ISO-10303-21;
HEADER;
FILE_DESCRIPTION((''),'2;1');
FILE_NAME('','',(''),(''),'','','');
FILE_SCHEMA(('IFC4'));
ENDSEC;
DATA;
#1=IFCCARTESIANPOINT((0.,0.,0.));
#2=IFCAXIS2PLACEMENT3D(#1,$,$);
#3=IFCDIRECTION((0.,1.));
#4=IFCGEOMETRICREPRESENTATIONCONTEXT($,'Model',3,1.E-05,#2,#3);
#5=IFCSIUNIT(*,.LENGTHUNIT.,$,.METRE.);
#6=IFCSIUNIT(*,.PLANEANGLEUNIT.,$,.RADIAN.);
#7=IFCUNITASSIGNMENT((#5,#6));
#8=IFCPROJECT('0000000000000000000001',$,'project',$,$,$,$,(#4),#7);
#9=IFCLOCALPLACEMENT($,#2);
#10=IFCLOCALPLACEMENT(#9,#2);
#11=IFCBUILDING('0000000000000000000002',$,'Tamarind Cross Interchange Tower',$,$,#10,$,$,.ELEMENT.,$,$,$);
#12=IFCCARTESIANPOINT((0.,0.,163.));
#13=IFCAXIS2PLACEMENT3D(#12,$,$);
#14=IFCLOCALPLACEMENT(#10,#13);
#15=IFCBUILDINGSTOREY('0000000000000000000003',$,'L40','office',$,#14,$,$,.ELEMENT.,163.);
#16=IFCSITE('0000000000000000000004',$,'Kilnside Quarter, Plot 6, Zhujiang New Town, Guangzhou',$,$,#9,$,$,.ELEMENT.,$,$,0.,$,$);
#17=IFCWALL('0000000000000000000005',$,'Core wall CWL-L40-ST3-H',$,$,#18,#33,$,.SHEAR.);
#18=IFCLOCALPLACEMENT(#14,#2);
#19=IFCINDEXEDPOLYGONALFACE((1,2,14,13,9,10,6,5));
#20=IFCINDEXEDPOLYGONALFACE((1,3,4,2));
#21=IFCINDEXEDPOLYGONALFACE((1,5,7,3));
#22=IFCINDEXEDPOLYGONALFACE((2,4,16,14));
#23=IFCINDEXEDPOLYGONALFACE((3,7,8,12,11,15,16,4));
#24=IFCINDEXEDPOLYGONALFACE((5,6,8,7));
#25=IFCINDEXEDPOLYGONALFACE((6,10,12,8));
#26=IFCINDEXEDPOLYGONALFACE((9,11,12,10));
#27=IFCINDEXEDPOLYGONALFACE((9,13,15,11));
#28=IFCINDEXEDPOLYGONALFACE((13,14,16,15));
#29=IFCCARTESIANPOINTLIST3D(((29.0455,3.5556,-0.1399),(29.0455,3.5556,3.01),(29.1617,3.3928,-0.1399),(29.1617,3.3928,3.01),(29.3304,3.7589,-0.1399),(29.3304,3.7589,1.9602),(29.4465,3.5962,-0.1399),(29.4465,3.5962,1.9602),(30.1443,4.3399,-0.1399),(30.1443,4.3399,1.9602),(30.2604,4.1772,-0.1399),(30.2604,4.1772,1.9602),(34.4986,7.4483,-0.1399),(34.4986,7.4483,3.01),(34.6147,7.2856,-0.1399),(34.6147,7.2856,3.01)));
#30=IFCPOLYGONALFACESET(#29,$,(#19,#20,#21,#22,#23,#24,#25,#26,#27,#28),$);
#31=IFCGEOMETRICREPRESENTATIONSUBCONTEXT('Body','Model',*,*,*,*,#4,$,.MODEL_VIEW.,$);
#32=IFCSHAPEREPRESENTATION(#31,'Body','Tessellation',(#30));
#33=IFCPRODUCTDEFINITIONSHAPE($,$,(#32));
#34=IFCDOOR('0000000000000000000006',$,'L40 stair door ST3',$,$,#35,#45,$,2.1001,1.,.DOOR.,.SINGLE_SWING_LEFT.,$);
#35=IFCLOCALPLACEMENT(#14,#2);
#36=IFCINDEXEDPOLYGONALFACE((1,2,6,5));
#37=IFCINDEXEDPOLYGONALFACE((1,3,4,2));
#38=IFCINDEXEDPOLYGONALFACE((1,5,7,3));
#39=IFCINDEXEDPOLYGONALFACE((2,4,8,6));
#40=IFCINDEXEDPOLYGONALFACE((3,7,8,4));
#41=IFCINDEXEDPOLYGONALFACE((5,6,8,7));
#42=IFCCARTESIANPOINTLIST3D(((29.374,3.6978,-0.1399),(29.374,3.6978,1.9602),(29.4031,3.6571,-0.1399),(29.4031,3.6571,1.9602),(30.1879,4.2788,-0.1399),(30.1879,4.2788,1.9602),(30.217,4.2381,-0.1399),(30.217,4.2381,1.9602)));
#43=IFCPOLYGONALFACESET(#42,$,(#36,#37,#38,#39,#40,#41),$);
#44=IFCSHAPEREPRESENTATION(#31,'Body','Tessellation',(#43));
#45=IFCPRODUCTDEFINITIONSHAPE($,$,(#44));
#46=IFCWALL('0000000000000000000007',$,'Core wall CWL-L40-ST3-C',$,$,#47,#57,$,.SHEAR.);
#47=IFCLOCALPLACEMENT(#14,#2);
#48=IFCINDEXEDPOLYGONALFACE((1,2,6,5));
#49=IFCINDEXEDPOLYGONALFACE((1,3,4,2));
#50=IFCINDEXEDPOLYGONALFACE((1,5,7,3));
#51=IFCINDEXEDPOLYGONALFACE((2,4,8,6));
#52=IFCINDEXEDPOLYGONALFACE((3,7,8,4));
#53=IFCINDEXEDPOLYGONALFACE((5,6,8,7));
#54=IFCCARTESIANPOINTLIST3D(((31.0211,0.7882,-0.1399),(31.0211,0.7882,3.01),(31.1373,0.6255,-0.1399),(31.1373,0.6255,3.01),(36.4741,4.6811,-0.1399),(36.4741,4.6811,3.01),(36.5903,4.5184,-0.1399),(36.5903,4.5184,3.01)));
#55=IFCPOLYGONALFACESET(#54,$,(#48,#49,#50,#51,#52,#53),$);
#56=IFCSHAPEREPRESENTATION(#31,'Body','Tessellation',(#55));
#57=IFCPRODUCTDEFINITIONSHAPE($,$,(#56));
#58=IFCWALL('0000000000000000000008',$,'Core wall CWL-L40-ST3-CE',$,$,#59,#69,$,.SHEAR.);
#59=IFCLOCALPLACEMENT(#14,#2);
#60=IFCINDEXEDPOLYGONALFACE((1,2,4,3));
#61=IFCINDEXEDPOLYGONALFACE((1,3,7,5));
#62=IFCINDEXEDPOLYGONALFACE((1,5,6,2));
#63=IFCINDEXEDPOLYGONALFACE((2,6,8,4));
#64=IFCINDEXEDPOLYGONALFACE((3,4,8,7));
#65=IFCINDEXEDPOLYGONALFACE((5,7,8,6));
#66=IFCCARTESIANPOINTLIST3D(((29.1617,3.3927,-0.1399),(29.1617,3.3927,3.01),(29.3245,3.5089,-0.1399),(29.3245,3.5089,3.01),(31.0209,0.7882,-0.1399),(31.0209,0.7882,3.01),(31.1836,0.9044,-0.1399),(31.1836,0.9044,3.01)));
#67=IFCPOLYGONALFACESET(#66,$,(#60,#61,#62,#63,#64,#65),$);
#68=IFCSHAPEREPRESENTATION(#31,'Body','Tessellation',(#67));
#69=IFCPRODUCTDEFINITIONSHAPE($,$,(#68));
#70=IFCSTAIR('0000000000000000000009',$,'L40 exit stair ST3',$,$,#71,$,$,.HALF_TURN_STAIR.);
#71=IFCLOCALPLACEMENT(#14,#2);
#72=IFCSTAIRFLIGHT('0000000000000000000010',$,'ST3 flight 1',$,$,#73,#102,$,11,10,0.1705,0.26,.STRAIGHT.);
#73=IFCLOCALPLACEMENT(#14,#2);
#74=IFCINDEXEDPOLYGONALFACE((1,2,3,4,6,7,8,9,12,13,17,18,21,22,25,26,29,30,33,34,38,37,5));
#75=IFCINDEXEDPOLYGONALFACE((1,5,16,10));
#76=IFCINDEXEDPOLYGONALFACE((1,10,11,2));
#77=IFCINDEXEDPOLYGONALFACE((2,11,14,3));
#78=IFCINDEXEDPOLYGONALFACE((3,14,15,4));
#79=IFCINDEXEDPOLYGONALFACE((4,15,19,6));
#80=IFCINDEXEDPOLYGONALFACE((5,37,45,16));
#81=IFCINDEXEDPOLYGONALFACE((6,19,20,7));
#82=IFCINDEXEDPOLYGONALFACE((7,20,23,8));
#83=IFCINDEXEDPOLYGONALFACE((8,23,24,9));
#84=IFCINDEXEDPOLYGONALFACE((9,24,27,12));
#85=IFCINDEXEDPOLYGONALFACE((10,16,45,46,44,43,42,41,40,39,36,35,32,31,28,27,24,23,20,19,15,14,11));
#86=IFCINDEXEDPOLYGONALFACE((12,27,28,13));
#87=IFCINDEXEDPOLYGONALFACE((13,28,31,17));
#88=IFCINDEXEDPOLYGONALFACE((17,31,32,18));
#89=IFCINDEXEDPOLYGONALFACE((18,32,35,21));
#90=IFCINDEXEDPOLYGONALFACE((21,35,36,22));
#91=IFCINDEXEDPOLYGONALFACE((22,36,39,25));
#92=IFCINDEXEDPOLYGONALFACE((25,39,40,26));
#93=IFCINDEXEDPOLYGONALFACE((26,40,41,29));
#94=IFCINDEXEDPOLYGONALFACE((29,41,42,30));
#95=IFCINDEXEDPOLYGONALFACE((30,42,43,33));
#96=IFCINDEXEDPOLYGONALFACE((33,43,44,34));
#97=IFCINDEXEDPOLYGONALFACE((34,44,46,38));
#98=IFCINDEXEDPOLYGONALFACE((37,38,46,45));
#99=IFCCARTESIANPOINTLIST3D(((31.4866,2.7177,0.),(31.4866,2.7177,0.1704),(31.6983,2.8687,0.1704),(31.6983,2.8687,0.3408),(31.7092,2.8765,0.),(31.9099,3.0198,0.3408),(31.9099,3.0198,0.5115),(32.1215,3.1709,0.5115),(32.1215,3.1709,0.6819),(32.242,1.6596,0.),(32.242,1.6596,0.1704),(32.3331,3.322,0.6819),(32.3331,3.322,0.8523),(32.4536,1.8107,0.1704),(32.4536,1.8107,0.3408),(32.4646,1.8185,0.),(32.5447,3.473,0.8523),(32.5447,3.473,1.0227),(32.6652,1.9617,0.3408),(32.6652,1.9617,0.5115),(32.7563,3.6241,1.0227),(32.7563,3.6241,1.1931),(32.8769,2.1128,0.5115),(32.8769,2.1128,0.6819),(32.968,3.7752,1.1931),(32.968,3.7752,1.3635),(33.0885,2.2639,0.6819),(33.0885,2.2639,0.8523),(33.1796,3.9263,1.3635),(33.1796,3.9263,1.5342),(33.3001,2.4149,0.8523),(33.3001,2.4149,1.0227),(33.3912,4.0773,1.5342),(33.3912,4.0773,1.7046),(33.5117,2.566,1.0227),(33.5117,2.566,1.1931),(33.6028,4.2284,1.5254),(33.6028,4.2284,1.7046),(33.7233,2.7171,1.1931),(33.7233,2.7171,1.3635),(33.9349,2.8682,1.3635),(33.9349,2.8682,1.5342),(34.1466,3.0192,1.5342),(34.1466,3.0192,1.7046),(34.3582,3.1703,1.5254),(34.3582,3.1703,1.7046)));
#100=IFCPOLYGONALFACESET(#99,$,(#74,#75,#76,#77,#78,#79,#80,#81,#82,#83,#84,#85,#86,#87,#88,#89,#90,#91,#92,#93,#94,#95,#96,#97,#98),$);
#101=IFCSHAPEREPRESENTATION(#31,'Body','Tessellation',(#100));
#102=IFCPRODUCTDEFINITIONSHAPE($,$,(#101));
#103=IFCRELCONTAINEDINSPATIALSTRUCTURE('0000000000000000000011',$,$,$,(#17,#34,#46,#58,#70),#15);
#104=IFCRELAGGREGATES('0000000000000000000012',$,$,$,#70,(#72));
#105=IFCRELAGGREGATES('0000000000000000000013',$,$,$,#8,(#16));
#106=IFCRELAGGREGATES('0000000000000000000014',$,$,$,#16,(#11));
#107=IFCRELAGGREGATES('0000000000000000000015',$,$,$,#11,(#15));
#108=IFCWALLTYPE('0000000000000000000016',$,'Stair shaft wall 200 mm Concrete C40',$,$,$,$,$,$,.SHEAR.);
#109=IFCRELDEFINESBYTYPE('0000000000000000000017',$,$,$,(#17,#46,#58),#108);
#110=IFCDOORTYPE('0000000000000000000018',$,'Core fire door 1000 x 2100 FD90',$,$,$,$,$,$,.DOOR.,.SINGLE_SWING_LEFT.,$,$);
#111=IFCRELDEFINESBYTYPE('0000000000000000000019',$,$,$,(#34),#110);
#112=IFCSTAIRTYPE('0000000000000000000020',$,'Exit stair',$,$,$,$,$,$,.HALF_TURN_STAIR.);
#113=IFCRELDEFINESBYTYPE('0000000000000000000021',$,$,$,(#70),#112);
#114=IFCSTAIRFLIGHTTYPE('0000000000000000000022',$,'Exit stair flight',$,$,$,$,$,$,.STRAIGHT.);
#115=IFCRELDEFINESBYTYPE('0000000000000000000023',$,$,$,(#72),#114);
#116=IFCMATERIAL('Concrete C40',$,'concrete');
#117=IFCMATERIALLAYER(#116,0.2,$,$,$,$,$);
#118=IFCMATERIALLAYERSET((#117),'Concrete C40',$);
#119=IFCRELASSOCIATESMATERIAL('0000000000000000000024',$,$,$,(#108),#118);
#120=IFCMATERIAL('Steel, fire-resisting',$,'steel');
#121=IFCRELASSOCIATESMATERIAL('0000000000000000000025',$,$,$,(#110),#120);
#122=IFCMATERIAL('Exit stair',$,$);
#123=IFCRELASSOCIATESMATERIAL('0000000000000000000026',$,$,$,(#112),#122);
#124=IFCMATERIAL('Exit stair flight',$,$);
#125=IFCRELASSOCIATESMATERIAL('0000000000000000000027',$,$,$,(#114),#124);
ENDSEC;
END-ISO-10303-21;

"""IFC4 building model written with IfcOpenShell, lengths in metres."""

from ifc_helpers import new_model, si_unit, direction, frame, frame_2d, origin, place, context, subcontext, project, spatial, polyline, rectangle, outline, extrude, material, layer, layer_set, type_object, element, fill, aggregate, save


model = new_model("IFC4")

# Units and contexts
model_context = context("Model", 3, precision=1e-05, world=origin(), true_north=direction((0.0, 1.0)))
body_context = subcontext(model_context, "Body", "Model", "MODEL_VIEW")
ifc_project = project(units=[si_unit("LENGTHUNIT", "METRE"), si_unit("PLANEANGLEUNIT", "RADIAN")], contexts=[model_context])

# Site, building, storey
site_placement = place(None, origin())
site = spatial("IfcSite", under=ifc_project, at=site_placement, Name="Kilnside Quarter, Plot 6, Zhujiang New Town, Guangzhou", CompositionType="ELEMENT", RefElevation=0.0)
building_placement = place(site_placement, origin())
building = spatial("IfcBuilding", under=site, at=building_placement, Name="Tamarind Cross Interchange Tower", CompositionType="ELEMENT")
storey_placement = place(building_placement, frame((0.0, 0.0, 163.0)))
storey = spatial("IfcBuildingStorey", under=building, at=storey_placement, Name="L40", Description="office", CompositionType="ELEMENT", Elevation=163.0)

# Wall, opening, door
ifc_material_1 = material(Name="Concrete C40", Category="concrete")
ifc_layer_1 = layer(ifc_material_1, 0.2)
ifc_layer_set_1 = layer_set([ifc_layer_1], Name="Concrete C40")
wall_type_1 = type_object("IfcWallType", Name="Stair shaft wall 200 mm Concrete C40", PredefinedType="SHEAR", material=ifc_layer_set_1)
wall_1_placement = place(storey_placement, frame((29.1035, 3.4741, -0.1399), z_axis=(0.0, 0.0, 1.0), x_axis=(0.813893, 0.581014, 0.0)))
wall_1 = element("IfcWall", 1, at=wall_1_placement, inside=storey, type_object=wall_type_1, Name="Core wall CWL-L40-ST3-H", PredefinedType="SHEAR", context=body_context, shape_type="SweptSolid", body=[
    extrude(rectangle(XDim=6.7, YDim=0.2, at=frame_2d((3.3501, 0.0))), origin(), (0.0, 0.0, 1.0), 3.1499),
])
opening_1_placement = place(wall_1_placement, frame((0.3501, 0.0, 0.0)))
opening_1 = element("IfcOpeningElement", 2, at=opening_1_placement, cuts=wall_1, PredefinedType="OPENING", context=body_context, shape_type="SweptSolid", body=[
    extrude(rectangle(XDim=1.0, YDim=2.1001, at=frame_2d((0.5, 1.05))), frame((0.0, 0.1099, 0.0), z_axis=(0.0, -1.0, 0.0), x_axis=(1.0, 0.0, 0.0)), (0.0, 0.0, 1.0), 0.22),
])
ifc_material_2 = material(Name="Steel, fire-resisting", Category="steel")
door_type_1 = type_object("IfcDoorType", Name="Core fire door 1000 x 2100 FD90", OperationType="SINGLE_SWING_LEFT", PredefinedType="DOOR", material=ifc_material_2)
door_1_placement = place(opening_1_placement, origin())
door_1 = element("IfcDoor", 3, at=door_1_placement, inside=storey, type_object=door_type_1, Name="L40 stair door ST3", OperationType="SINGLE_SWING_LEFT", OverallHeight=2.1001, OverallWidth=1.0, PredefinedType="DOOR", context=body_context, shape_type="SweptSolid", body=[
    extrude(rectangle(XDim=1.0, YDim=2.1001, at=frame_2d((0.5, 1.05))), frame((0.0, 0.0249, 0.0), z_axis=(0.0, -1.0, 0.0), x_axis=(1.0, 0.0, 0.0)), (0.0, 0.0, 1.0), 0.05),
])
fill(opening_1, door_1)

# Walls
wall_2_placement = place(storey_placement, frame((31.0791, 0.7068, -0.1399), z_axis=(0.0, 0.0, 1.0), x_axis=(0.813881, 0.581031, 0.0)))
element("IfcWall", 4, at=wall_2_placement, inside=storey, type_object=wall_type_1, Name="Core wall CWL-L40-ST3-C", PredefinedType="SHEAR", context=body_context, shape_type="SweptSolid", body=[
    extrude(rectangle(XDim=6.7, YDim=0.2, at=frame_2d((3.3501, 0.0))), origin(), (0.0, 0.0, 1.0), 3.1499),
])
wall_3_placement = place(storey_placement, frame((31.1023, 0.8462, -0.1399), z_axis=(0.0, 0.0, 1.0), x_axis=(-0.580986, 0.813914, 0.0)))
element("IfcWall", 5, at=wall_3_placement, inside=storey, type_object=wall_type_1, Name="Core wall CWL-L40-ST3-CE", PredefinedType="SHEAR", context=body_context, shape_type="SweptSolid", body=[
    extrude(rectangle(XDim=3.2, YDim=0.2, at=frame_2d((1.6001, 0.0))), origin(), (0.0, 0.0, 1.0), 3.1499),
])

# Stair, stair flight
ifc_material_3 = material(Name="Exit stair")
stair_type = type_object("IfcStairType", Name="Exit stair", PredefinedType="HALF_TURN_STAIR", material=ifc_material_3)
stair_placement = place(storey_placement, origin())
stair = element("IfcStair", 6, at=stair_placement, inside=storey, type_object=stair_type, Name="L40 exit stair ST3", PredefinedType="HALF_TURN_STAIR")
ifc_material_4 = material(Name="Exit stair flight")
stair_flight_type = type_object("IfcStairFlightType", Name="Exit stair flight", PredefinedType="STRAIGHT", material=ifc_material_4)
stair_flight_placement = place(storey_placement, frame((31.8643, 2.1887, 0.0), z_axis=(0.0, 0.0, 1.0), x_axis=(0.81388, 0.581033, 0.0)))
stair_flight = element("IfcStairFlight", 7, at=stair_flight_placement, type_object=stair_flight_type, Name="ST3 flight 1", NumberOfRisers=11, NumberOfTreads=10, PredefinedType="STRAIGHT", RiserHeight=0.1705, TreadLength=0.26, context=body_context, shape_type="SweptSolid", body=[
    extrude(outline(polyline([(0.0, 0.0), (0.0, 0.1704), (0.26, 0.1704), (0.26, 0.3408), (0.52, 0.3408), (0.52, 0.5115), (0.78, 0.5115), (0.78, 0.6819), (1.04, 0.6819), (1.04, 0.8523), (1.3, 0.8523), (1.3, 1.0227), (1.5601, 1.0227), (1.5601, 1.1931), (1.8201, 1.1931), (1.8201, 1.3635), (2.0801, 1.3635), (2.0801, 1.5342), (2.3401, 1.5342), (2.3401, 1.7046), (2.6001, 1.7046), (2.6001, 1.875), (2.6001, 1.5254), (0.2734, 0.0), (0.0, 0.0)])), frame((0.0, 0.6499, 0.0), z_axis=(0.0, -1.0, 0.0), x_axis=(1.0, 0.0, 0.0)), (0.0, 0.0, 1.0), 1.3),
])
aggregate(stair, [stair_flight])

save(model, "model.ifc")
